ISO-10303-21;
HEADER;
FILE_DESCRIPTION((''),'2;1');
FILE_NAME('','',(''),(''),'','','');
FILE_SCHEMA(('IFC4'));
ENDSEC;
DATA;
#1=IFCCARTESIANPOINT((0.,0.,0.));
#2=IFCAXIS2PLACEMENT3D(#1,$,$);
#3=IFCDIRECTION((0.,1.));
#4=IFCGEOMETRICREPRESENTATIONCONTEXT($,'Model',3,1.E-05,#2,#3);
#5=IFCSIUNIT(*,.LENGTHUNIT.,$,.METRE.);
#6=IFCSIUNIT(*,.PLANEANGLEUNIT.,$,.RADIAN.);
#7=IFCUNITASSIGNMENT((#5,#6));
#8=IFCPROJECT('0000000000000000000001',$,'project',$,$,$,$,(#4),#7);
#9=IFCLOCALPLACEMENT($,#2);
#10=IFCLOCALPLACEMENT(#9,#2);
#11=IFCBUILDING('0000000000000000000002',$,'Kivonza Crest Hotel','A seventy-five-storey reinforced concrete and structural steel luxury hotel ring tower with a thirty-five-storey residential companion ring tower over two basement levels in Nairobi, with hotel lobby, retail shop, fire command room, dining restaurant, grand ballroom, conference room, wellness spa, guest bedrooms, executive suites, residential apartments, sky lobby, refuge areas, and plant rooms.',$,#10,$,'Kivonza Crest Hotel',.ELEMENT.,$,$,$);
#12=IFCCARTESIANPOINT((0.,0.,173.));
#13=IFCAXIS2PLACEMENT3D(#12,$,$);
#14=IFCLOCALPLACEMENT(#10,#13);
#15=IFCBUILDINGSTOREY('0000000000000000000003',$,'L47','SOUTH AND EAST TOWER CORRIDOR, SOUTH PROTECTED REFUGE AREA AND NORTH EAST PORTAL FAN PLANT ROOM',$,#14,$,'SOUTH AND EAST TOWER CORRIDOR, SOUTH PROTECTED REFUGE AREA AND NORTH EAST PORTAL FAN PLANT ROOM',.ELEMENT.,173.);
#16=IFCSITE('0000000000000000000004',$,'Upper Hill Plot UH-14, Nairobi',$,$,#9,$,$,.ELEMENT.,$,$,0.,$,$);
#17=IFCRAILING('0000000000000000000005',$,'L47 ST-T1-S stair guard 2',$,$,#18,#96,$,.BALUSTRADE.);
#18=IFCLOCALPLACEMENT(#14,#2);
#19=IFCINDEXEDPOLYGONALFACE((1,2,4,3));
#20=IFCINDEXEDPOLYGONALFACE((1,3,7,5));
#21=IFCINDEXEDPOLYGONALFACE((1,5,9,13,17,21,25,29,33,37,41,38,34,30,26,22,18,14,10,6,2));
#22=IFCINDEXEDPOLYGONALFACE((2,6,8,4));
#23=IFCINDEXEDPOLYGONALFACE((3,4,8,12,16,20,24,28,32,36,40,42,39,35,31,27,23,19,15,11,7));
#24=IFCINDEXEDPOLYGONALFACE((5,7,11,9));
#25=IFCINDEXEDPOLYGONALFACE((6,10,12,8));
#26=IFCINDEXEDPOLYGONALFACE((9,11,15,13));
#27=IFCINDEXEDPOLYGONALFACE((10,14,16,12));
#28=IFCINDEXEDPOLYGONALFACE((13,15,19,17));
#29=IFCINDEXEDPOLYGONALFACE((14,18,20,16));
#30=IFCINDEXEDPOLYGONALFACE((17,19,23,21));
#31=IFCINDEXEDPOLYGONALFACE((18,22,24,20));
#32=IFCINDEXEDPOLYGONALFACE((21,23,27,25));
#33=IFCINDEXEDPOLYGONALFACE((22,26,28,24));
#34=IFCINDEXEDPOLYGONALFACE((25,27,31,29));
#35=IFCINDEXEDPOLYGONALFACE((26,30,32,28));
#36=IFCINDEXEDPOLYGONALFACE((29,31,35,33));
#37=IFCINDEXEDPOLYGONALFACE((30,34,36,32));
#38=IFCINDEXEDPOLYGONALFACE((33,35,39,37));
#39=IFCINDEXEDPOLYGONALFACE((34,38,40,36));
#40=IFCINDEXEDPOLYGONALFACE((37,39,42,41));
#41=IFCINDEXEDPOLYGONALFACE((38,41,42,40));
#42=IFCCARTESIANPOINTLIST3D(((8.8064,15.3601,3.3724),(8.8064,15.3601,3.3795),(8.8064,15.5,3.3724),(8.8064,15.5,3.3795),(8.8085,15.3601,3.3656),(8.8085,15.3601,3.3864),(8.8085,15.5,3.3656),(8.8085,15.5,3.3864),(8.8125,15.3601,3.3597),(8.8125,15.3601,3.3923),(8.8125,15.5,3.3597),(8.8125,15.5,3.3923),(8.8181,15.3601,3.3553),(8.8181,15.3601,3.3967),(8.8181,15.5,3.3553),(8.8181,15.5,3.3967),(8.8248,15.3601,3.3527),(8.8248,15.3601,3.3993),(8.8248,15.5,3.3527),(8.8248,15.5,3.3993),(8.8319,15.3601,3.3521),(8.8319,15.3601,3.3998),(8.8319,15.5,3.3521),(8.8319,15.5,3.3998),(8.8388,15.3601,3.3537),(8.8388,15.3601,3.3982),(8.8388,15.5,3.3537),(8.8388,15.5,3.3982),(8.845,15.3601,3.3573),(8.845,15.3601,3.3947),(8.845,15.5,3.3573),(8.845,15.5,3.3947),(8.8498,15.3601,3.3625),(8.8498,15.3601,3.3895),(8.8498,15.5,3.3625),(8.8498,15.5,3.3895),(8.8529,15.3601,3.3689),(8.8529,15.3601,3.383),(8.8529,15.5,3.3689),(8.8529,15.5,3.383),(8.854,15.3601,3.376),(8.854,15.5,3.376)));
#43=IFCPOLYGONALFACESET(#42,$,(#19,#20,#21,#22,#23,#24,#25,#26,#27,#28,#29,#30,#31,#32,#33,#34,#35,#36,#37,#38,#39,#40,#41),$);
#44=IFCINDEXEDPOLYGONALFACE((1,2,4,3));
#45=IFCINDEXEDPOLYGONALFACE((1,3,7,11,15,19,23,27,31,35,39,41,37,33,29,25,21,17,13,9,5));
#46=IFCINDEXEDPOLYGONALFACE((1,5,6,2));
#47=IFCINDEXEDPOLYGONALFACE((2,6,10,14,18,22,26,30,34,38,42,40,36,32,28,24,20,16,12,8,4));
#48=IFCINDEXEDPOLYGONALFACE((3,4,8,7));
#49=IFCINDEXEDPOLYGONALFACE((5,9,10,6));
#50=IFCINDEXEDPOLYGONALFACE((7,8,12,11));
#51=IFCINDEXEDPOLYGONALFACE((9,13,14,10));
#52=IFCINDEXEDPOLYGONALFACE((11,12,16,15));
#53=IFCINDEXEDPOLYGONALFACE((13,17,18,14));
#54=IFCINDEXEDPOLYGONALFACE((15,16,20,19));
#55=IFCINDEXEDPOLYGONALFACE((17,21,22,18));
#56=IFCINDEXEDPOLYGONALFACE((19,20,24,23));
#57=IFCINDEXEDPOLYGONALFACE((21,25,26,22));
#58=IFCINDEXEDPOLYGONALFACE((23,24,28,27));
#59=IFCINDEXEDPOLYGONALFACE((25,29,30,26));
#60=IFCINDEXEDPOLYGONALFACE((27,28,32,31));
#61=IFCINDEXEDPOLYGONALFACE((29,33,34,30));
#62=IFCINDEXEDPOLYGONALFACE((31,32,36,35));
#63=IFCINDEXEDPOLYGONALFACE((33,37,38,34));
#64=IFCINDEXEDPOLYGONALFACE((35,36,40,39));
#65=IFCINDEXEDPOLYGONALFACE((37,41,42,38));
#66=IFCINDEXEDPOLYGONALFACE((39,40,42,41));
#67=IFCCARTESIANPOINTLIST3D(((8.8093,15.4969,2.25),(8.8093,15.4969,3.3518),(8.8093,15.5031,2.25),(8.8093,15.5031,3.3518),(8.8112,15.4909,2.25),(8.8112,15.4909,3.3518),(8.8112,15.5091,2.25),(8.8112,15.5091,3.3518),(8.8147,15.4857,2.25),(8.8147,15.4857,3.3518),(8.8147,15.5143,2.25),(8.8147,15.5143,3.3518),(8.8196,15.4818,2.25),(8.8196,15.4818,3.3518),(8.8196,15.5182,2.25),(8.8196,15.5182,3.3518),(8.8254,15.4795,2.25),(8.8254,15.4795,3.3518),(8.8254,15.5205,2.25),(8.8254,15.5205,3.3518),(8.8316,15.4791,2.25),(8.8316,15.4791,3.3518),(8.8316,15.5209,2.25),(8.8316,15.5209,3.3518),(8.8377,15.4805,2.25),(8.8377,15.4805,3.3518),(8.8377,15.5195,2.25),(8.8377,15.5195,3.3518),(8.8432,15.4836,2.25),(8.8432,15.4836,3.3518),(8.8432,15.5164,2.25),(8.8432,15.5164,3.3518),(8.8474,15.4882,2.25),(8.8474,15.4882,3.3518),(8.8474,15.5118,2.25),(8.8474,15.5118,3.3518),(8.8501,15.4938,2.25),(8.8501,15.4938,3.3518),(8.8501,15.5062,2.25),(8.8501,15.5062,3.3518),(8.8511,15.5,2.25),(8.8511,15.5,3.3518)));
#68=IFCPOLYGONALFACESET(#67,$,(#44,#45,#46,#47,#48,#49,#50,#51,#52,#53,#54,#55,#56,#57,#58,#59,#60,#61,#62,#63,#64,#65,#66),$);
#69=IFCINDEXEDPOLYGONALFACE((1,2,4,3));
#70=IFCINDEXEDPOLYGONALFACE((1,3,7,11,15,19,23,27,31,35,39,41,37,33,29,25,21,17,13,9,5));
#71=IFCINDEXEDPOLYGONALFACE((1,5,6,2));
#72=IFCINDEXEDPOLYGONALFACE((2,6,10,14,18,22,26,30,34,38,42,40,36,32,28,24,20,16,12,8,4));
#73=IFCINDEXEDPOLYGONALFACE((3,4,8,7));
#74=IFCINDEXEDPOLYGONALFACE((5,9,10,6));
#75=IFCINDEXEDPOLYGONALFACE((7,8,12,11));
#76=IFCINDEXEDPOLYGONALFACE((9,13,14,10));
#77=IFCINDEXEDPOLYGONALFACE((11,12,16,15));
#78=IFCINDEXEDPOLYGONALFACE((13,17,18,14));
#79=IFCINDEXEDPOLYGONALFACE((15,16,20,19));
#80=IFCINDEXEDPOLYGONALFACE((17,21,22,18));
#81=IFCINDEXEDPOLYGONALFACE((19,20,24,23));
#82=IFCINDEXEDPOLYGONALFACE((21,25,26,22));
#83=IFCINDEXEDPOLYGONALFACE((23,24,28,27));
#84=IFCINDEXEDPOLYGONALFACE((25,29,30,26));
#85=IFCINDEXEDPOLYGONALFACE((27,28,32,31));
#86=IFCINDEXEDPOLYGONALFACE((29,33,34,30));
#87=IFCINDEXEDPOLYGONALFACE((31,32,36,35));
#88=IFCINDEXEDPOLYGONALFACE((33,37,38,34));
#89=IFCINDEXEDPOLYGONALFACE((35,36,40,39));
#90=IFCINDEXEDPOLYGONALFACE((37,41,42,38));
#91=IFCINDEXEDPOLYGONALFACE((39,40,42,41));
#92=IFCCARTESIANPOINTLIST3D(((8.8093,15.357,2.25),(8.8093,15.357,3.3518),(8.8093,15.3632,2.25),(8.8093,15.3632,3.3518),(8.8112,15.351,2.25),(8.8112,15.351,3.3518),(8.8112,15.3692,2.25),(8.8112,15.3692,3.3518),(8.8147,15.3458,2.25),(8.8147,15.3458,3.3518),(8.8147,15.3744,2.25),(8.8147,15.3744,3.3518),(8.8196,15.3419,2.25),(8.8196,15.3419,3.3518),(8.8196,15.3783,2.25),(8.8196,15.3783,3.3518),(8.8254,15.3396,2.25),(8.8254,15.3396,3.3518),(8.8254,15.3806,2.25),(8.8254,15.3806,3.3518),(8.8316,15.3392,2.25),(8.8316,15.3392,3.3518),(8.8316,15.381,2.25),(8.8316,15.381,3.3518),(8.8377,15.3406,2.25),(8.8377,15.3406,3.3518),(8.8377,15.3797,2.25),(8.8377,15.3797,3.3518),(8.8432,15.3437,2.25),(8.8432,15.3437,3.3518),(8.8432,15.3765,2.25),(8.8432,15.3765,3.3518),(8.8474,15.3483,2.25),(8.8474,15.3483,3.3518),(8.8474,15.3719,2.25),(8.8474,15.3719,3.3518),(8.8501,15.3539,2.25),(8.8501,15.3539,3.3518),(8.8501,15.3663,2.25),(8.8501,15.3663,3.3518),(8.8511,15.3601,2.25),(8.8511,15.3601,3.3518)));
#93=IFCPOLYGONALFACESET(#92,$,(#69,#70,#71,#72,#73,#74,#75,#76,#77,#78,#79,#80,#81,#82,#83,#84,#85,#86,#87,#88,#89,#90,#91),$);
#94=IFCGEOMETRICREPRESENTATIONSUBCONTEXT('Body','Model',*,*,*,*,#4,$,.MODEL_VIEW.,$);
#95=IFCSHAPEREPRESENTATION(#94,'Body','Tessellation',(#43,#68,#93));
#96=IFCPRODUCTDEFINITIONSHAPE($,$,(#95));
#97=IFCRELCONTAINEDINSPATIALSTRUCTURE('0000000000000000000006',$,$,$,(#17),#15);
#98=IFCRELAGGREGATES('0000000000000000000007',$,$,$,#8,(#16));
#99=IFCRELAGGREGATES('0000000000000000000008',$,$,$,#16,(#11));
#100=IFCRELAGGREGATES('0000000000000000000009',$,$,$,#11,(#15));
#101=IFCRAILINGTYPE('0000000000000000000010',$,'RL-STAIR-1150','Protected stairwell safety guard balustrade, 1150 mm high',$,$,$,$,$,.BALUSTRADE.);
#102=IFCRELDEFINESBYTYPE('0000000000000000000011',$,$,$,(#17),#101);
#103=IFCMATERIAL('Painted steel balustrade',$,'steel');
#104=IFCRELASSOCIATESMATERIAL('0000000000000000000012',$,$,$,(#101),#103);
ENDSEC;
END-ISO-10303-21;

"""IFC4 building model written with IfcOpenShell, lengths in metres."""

from ifc_helpers import new_model, si_unit, direction, frame, origin, origin_2d, place, context, subcontext, project, spatial, circle, extrude, material, type_object, element, save


model = new_model("IFC4")

# Units and contexts
model_context = context("Model", 3, precision=1e-05, world=origin(), true_north=direction((0.0, 1.0)))
body_context = subcontext(model_context, "Body", "Model", "MODEL_VIEW")
ifc_project = project(units=[si_unit("LENGTHUNIT", "METRE"), si_unit("PLANEANGLEUNIT", "RADIAN")], contexts=[model_context])

# Site, building, storey
site_placement = place(None, origin())
site = spatial("IfcSite", under=ifc_project, at=site_placement, Name="Upper Hill Plot UH-14, Nairobi", CompositionType="ELEMENT", RefElevation=0.0)
building_placement = place(site_placement, origin())
building = spatial("IfcBuilding", under=site, at=building_placement, Name="Kivonza Crest Hotel", Description="A seventy-five-storey reinforced concrete and structural steel luxury hotel ring tower with a thirty-five-storey residential companion ring tower over two basement levels in Nairobi, with hotel lobby, retail shop, fire command room, dining restaurant, grand ballroom, conference room, wellness spa, guest bedrooms, executive suites, residential apartments, sky lobby, refuge areas, and plant rooms.", LongName="Kivonza Crest Hotel", CompositionType="ELEMENT")
storey_placement = place(building_placement, frame((0.0, 0.0, 173.0)))
storey = spatial("IfcBuildingStorey", under=building, at=storey_placement, Name="L47", Description="SOUTH AND EAST TOWER CORRIDOR, SOUTH PROTECTED REFUGE AREA AND NORTH EAST PORTAL FAN PLANT ROOM", LongName="SOUTH AND EAST TOWER CORRIDOR, SOUTH PROTECTED REFUGE AREA AND NORTH EAST PORTAL FAN PLANT ROOM", CompositionType="ELEMENT", Elevation=173.0)

# Railing
ifc_material_1 = material(Name="Painted steel balustrade", Category="steel")
railing_type_1 = type_object("IfcRailingType", Name="RL-STAIR-1150", Description="Protected stairwell safety guard balustrade, 1150 mm high", PredefinedType="BALUSTRADE", material=ifc_material_1)
railing_1_placement = place(storey_placement, frame((8.8301, 15.5, 2.25)))
element("IfcRailing", 1, at=railing_1_placement, inside=storey, type_object=railing_type_1, Name="L47 ST-T1-S stair guard 2", PredefinedType="BALUSTRADE", context=body_context, shape_type="SweptSolid", body=[
    extrude(circle(Radius=0.0239, at=origin_2d()), frame((0.0, 0.0, 1.126), z_axis=(0.0, -1.0, 0.0), x_axis=(1.0, 0.0, 0.0)), (0.0, 0.0, 1.0), 0.1399),
    extrude(circle(Radius=0.021, at=origin_2d()), origin(), (0.0, 0.0, 1.0), 1.1018),
    extrude(circle(Radius=0.021, at=origin_2d()), frame((0.0, -0.1399, 0.0)), (0.0, 0.0, 1.0), 1.1018),
])

save(model, "model.ifc")
